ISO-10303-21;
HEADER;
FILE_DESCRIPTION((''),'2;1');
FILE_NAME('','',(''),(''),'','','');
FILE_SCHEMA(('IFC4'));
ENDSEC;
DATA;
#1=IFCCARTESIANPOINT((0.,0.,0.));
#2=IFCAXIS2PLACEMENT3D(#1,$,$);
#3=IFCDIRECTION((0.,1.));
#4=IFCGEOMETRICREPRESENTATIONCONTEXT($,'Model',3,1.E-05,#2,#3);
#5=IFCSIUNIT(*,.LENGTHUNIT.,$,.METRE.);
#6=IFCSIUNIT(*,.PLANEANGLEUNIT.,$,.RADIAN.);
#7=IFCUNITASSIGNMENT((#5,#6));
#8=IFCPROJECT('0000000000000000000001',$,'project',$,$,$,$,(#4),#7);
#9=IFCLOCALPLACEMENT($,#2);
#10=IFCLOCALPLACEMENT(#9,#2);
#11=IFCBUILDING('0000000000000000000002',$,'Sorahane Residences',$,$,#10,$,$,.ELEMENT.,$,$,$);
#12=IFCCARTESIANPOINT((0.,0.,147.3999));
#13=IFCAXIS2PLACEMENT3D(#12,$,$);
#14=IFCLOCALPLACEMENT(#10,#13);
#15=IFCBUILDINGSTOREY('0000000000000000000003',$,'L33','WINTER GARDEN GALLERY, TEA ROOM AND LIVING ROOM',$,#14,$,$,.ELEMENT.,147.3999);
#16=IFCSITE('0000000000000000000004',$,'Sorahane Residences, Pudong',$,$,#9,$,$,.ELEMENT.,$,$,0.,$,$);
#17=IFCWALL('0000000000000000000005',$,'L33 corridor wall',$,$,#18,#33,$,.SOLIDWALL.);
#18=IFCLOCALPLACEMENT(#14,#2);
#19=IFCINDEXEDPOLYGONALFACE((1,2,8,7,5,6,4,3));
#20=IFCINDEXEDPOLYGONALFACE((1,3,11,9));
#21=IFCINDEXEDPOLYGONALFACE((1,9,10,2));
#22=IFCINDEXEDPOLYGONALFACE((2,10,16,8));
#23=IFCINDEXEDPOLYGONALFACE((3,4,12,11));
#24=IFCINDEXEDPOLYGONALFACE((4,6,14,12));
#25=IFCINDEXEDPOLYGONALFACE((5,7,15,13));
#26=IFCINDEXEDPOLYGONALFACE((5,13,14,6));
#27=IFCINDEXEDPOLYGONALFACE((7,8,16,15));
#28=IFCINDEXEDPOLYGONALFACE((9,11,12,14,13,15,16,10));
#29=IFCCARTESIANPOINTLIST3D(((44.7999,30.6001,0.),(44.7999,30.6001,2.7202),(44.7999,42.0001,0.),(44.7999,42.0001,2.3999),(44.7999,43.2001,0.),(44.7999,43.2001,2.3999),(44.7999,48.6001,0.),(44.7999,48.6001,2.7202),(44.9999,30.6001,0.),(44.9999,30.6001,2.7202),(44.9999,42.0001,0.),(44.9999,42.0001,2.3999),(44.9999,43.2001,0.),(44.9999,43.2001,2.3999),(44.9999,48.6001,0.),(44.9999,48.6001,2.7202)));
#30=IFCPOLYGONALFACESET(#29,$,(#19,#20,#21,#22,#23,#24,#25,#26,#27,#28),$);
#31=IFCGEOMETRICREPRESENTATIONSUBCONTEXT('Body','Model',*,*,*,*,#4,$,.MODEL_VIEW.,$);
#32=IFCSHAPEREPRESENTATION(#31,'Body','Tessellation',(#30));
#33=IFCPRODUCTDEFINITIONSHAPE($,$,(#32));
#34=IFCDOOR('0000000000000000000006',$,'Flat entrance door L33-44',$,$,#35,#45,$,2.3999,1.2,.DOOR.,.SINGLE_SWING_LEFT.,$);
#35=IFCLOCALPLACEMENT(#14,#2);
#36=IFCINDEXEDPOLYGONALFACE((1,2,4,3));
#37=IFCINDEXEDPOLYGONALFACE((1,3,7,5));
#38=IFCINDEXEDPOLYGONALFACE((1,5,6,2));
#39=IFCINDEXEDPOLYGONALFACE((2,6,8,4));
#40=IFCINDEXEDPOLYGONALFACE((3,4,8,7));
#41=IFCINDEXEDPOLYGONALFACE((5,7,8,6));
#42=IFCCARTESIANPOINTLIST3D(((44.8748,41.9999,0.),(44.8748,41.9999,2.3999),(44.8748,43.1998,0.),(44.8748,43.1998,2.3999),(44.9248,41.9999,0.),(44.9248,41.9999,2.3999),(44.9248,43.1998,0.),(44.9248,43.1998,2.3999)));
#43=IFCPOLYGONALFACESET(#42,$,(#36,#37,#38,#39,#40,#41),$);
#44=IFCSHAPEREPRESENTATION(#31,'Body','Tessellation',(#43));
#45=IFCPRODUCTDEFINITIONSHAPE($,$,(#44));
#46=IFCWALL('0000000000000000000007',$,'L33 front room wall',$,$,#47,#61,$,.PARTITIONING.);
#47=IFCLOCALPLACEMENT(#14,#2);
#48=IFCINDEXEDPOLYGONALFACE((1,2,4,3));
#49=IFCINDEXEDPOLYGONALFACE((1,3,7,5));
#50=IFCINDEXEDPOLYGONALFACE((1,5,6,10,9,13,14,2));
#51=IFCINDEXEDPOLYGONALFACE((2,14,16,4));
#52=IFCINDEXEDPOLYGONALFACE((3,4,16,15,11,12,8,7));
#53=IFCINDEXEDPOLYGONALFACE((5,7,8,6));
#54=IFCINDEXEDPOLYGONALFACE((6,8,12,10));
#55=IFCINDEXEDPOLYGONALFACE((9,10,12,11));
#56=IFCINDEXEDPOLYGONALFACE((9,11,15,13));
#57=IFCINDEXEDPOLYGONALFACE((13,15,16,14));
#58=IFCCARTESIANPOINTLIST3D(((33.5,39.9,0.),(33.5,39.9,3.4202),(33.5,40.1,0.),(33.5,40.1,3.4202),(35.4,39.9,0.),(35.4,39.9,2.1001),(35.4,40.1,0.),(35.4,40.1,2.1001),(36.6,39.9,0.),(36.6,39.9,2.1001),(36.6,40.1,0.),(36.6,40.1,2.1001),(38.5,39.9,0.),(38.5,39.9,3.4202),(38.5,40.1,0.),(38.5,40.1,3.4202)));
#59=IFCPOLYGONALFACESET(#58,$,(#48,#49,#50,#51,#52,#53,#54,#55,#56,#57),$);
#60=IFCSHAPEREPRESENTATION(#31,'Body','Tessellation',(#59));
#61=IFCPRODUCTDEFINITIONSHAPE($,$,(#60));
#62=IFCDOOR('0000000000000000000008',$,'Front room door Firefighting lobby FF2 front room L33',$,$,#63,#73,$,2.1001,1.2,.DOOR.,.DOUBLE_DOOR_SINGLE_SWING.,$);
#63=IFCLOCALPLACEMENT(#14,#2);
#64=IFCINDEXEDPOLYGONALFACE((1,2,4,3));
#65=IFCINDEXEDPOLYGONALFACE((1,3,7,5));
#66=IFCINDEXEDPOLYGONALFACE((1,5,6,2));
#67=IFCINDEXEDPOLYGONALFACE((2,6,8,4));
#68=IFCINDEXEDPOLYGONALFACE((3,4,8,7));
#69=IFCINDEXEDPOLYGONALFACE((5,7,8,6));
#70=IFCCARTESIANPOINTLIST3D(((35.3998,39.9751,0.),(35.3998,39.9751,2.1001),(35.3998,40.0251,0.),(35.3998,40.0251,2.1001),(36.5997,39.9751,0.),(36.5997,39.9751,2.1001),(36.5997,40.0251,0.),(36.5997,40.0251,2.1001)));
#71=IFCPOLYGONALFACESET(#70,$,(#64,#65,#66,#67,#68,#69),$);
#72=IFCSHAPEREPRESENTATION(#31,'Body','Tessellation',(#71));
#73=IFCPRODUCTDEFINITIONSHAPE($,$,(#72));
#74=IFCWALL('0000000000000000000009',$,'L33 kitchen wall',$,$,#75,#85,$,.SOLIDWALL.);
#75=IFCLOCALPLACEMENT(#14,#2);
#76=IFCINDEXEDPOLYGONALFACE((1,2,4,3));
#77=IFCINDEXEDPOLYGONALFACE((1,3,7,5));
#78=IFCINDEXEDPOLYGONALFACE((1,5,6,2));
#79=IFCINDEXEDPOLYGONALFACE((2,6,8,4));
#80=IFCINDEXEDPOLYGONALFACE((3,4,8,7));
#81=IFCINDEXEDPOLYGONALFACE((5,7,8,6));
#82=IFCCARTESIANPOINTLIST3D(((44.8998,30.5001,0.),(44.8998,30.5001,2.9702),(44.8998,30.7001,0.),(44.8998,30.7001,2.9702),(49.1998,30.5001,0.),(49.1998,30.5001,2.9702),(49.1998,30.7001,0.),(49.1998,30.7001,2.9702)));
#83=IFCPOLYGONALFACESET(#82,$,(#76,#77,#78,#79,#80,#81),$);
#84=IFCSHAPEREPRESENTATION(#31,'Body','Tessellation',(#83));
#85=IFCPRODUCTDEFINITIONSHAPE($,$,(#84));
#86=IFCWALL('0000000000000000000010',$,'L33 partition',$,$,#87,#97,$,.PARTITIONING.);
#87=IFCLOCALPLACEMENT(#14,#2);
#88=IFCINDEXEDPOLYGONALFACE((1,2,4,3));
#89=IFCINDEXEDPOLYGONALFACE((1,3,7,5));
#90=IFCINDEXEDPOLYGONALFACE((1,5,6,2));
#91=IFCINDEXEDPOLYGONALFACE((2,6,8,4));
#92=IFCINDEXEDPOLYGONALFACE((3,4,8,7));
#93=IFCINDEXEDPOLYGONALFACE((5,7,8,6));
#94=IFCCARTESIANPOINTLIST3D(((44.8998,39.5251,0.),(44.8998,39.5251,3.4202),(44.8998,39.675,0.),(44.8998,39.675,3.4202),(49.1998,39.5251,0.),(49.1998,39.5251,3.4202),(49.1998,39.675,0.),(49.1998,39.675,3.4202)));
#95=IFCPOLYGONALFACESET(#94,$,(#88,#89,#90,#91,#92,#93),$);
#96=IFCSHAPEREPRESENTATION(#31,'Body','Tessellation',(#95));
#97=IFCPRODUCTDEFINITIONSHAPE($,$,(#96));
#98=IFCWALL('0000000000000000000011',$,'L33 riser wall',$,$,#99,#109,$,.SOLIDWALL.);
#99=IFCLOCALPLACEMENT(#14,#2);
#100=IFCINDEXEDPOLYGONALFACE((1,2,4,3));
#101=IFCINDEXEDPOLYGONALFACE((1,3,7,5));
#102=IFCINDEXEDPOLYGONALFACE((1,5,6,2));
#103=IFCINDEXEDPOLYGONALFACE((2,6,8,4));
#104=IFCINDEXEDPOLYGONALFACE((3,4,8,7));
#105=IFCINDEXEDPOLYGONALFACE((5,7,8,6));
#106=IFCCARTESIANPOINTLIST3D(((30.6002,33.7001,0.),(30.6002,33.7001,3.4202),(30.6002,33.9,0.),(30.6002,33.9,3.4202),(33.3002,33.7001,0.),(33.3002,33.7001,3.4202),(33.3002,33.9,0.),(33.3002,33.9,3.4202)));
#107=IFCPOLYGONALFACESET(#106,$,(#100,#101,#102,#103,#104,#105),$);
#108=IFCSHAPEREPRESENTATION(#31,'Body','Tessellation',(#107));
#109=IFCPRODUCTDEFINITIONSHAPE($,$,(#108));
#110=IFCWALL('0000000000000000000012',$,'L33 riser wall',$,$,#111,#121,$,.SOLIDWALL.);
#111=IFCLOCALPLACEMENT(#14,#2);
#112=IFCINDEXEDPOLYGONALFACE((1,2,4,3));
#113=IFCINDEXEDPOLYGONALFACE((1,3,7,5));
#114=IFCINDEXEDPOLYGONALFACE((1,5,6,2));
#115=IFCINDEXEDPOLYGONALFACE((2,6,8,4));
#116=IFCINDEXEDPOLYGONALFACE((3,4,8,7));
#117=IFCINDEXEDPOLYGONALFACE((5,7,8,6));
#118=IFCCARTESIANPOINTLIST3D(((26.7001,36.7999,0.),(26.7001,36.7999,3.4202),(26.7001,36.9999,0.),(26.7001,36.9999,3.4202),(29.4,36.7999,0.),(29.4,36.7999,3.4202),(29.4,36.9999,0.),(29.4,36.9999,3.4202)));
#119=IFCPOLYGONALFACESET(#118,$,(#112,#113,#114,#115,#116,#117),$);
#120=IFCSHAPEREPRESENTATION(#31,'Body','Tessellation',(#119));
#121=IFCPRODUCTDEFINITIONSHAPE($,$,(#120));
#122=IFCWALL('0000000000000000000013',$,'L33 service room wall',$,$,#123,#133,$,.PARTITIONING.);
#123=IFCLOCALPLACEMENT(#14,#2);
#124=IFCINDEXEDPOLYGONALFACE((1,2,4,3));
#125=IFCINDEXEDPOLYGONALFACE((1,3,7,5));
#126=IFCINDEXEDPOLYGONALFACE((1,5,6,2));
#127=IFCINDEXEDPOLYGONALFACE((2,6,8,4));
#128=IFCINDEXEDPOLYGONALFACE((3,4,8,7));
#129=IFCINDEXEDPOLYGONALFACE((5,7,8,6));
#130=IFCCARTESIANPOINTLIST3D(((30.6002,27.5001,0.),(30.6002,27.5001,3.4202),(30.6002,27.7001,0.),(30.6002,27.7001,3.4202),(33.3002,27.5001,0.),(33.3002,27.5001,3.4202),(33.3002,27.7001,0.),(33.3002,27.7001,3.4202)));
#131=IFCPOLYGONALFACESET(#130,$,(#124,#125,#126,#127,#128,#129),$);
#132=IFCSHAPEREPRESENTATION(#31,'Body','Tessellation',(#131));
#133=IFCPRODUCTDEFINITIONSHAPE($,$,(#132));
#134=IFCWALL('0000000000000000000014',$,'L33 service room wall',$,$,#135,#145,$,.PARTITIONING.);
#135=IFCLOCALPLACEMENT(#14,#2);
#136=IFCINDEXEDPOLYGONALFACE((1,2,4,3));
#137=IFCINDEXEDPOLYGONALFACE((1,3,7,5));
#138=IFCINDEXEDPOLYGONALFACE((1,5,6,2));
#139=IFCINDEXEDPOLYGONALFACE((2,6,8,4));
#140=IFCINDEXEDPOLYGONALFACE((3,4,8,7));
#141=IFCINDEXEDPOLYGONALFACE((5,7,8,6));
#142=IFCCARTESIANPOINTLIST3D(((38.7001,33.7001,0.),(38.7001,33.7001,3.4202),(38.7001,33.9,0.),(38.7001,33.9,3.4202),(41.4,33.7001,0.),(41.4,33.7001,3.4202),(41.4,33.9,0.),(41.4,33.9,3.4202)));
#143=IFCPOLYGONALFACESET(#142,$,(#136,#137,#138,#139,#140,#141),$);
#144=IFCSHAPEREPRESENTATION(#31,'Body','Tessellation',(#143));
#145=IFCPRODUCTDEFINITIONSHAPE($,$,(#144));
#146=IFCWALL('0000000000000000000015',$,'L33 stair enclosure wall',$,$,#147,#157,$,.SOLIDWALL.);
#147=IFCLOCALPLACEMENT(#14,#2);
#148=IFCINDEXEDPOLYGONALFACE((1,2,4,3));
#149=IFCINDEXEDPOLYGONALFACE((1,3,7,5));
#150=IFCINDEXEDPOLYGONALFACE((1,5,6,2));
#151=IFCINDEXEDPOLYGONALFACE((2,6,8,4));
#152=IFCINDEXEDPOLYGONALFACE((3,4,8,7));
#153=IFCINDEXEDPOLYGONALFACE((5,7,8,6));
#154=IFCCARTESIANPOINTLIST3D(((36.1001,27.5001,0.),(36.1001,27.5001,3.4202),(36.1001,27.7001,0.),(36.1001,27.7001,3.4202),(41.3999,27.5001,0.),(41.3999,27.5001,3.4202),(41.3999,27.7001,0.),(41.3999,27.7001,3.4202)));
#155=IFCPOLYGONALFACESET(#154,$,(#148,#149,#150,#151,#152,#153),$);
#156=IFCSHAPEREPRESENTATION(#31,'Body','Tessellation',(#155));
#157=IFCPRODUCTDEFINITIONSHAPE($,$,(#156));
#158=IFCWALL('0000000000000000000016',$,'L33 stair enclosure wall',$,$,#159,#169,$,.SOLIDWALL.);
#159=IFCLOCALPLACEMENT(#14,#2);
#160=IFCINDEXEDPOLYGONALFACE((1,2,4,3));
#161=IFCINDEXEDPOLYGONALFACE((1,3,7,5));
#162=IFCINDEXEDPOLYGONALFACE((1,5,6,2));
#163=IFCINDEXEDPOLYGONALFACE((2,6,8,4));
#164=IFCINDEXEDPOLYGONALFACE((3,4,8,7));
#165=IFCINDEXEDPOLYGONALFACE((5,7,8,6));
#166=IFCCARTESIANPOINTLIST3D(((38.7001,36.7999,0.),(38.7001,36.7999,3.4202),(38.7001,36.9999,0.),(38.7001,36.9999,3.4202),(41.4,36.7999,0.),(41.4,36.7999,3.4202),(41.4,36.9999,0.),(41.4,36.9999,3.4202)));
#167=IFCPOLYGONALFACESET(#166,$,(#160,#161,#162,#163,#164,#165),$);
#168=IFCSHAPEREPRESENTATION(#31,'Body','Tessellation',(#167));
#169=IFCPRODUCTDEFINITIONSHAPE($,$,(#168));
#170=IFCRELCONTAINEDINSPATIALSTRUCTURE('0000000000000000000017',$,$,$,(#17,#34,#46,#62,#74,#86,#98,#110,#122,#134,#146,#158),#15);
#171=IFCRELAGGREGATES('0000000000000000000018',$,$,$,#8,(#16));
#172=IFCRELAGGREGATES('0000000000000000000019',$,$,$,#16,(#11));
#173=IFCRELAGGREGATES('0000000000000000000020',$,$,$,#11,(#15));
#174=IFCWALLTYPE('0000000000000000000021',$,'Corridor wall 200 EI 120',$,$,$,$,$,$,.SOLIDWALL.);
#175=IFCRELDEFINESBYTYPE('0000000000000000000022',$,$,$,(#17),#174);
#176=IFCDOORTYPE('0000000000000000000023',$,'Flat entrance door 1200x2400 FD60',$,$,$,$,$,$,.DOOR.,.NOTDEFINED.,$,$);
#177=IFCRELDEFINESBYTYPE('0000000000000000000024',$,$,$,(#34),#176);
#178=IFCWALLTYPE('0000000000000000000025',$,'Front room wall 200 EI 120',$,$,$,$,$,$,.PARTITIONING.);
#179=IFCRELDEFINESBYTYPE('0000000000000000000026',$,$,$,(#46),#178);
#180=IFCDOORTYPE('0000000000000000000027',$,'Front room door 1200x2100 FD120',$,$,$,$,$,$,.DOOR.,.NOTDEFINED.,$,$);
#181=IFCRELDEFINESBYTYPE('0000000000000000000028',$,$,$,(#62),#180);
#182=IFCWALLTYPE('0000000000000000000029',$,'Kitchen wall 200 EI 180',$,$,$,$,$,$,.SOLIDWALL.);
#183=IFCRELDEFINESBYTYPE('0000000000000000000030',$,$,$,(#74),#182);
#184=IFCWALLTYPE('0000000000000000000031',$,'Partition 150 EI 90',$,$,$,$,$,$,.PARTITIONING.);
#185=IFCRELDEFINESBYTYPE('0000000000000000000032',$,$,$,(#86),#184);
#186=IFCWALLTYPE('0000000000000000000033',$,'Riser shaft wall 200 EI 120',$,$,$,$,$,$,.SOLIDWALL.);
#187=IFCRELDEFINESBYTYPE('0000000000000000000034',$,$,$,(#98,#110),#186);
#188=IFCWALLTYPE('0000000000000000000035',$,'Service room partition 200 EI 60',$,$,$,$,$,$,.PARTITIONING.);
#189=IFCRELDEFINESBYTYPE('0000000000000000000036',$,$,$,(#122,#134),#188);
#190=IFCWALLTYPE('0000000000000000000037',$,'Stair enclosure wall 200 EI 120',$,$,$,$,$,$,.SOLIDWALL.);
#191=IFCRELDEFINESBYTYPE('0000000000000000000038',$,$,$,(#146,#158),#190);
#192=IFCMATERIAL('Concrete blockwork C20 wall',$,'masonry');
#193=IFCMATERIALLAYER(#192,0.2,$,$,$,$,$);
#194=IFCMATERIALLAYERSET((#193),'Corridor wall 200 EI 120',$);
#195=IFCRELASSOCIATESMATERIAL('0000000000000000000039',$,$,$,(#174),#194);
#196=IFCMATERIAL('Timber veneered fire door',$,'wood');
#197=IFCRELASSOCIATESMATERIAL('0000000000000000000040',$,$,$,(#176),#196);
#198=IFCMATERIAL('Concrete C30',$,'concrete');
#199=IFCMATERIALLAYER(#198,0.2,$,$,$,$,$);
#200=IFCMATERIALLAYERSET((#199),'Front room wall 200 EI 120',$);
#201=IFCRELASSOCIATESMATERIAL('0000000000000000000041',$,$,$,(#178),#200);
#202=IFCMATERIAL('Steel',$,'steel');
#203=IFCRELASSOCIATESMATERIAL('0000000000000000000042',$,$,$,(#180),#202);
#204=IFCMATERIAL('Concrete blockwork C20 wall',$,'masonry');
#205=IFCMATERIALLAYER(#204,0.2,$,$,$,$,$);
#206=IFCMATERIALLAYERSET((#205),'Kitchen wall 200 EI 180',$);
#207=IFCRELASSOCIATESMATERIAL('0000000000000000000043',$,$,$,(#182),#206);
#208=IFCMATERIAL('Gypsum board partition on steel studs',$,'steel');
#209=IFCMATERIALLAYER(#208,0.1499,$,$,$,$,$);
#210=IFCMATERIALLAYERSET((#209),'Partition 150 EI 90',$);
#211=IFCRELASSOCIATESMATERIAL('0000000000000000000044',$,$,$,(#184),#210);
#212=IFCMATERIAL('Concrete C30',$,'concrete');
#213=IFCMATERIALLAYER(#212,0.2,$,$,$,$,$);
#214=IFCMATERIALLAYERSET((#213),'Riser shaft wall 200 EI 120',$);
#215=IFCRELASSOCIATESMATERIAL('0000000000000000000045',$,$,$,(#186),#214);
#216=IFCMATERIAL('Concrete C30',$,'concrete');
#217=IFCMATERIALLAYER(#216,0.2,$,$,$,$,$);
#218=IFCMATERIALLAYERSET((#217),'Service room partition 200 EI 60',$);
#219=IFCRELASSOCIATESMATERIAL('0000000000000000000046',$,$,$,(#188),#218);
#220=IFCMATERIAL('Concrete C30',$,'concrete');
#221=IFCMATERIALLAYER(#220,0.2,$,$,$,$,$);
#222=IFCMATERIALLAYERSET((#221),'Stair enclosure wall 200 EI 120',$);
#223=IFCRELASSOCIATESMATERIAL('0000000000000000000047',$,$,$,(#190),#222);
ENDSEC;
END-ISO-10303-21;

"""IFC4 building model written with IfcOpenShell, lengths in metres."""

from ifc_helpers import new_model, si_unit, direction, frame, frame_2d, origin, place, context, subcontext, project, spatial, rectangle, extrude, material, layer, layer_set, type_object, element, fill, save


model = new_model("IFC4")

# Units and contexts
model_context = context("Model", 3, precision=1e-05, world=origin(), true_north=direction((0.0, 1.0)))
body_context = subcontext(model_context, "Body", "Model", "MODEL_VIEW")
ifc_project = project(units=[si_unit("LENGTHUNIT", "METRE"), si_unit("PLANEANGLEUNIT", "RADIAN")], contexts=[model_context])

# Site, building, storey
site_placement = place(None, origin())
site = spatial("IfcSite", under=ifc_project, at=site_placement, Name="Sorahane Residences, Pudong", CompositionType="ELEMENT", RefElevation=0.0)
building_placement = place(site_placement, origin())
building = spatial("IfcBuilding", under=site, at=building_placement, Name="Sorahane Residences", CompositionType="ELEMENT")
storey_placement = place(building_placement, frame((0.0, 0.0, 147.3999)))
storey = spatial("IfcBuildingStorey", under=building, at=storey_placement, Name="L33", Description="WINTER GARDEN GALLERY, TEA ROOM AND LIVING ROOM", CompositionType="ELEMENT", Elevation=147.3999)

# Walls, openings, doors
ifc_material_1 = material(Name="Concrete blockwork C20 wall", Category="masonry")
ifc_layer_1 = layer(ifc_material_1, 0.2)
ifc_layer_set_1 = layer_set([ifc_layer_1], Name="Corridor wall 200 EI 120")
wall_type_1 = type_object("IfcWallType", Name="Corridor wall 200 EI 120", PredefinedType="SOLIDWALL", material=ifc_layer_set_1)
wall_1_placement = place(storey_placement, frame((44.8999, 30.6001, 0.0), z_axis=(0.0, 0.0, 1.0), x_axis=(0.0, 1.0, 0.0)))
wall_1 = element("IfcWall", 1, at=wall_1_placement, inside=storey, type_object=wall_type_1, Name="L33 corridor wall", PredefinedType="SOLIDWALL", context=body_context, shape_type="SweptSolid", body=[
    extrude(rectangle(XDim=18.0, YDim=0.2, at=frame_2d((9.0, 0.0))), origin(), (0.0, 0.0, 1.0), 2.7202),
])
opening_1_placement = place(wall_1_placement, frame((11.3999, 0.0, 0.0)))
opening_1 = element("IfcOpeningElement", 2, at=opening_1_placement, cuts=wall_1, PredefinedType="OPENING", context=body_context, shape_type="SweptSolid", body=[
    extrude(rectangle(XDim=1.2, YDim=2.3999, at=frame_2d((0.6001, 1.2))), frame((0.0, 0.1099, 0.0), z_axis=(0.0, -1.0, 0.0), x_axis=(1.0, 0.0, 0.0)), (0.0, 0.0, 1.0), 0.22),
])
ifc_material_2 = material(Name="Timber veneered fire door", Category="wood")
door_type_1 = type_object("IfcDoorType", Name="Flat entrance door 1200x2400 FD60", OperationType="NOTDEFINED", PredefinedType="DOOR", material=ifc_material_2)
door_1_placement = place(opening_1_placement, frame((1.2, 0.0, 0.0), z_axis=(0.0, 0.0, 1.0), x_axis=(-1.0, 0.0, 0.0)))
door_1 = element("IfcDoor", 3, at=door_1_placement, inside=storey, type_object=door_type_1, Name="Flat entrance door L33-44", OperationType="SINGLE_SWING_LEFT", OverallHeight=2.3999, OverallWidth=1.2, PredefinedType="DOOR", context=body_context, shape_type="SweptSolid", body=[
    extrude(rectangle(XDim=1.2, YDim=2.3999, at=frame_2d((0.6001, 1.2))), frame((0.0, 0.0249, 0.0), z_axis=(0.0, -1.0, 0.0), x_axis=(1.0, 0.0, 0.0)), (0.0, 0.0, 1.0), 0.05),
])
fill(opening_1, door_1)
ifc_material_3 = material(Name="Concrete C30", Category="concrete")
ifc_layer_2 = layer(ifc_material_3, 0.2)
ifc_layer_set_2 = layer_set([ifc_layer_2], Name="Front room wall 200 EI 120")
wall_type_2 = type_object("IfcWallType", Name="Front room wall 200 EI 120", PredefinedType="PARTITIONING", material=ifc_layer_set_2)
wall_2_placement = place(storey_placement, frame((33.5, 40.0, 0.0), z_axis=(0.0, 0.0, 1.0), x_axis=(1.0, 0.0, 0.0)))
wall_2 = element("IfcWall", 4, at=wall_2_placement, inside=storey, type_object=wall_type_2, Name="L33 front room wall", PredefinedType="PARTITIONING", context=body_context, shape_type="SweptSolid", body=[
    extrude(rectangle(XDim=5.0, YDim=0.2, at=frame_2d((2.5, 0.0))), origin(), (0.0, 0.0, 1.0), 3.4202),
])
opening_2_placement = place(wall_2_placement, frame((1.8999, 0.0, 0.0)))
opening_2 = element("IfcOpeningElement", 5, at=opening_2_placement, cuts=wall_2, PredefinedType="OPENING", context=body_context, shape_type="SweptSolid", body=[
    extrude(rectangle(XDim=1.2, YDim=2.1001, at=frame_2d((0.6001, 1.05))), frame((0.0, 0.1099, 0.0), z_axis=(0.0, -1.0, 0.0), x_axis=(1.0, 0.0, 0.0)), (0.0, 0.0, 1.0), 0.22),
])
ifc_material_4 = material(Name="Steel", Category="steel")
door_type_2 = type_object("IfcDoorType", Name="Front room door 1200x2100 FD120", OperationType="NOTDEFINED", PredefinedType="DOOR", material=ifc_material_4)
door_2_placement = place(opening_2_placement, frame((1.2, 0.0, 0.0), z_axis=(0.0, 0.0, 1.0), x_axis=(-1.0, 0.0, 0.0)))
door_2 = element("IfcDoor", 6, at=door_2_placement, inside=storey, type_object=door_type_2, Name="Front room door Firefighting lobby FF2 front room L33", OperationType="DOUBLE_DOOR_SINGLE_SWING", OverallHeight=2.1001, OverallWidth=1.2, PredefinedType="DOOR", context=body_context, shape_type="SweptSolid", body=[
    extrude(rectangle(XDim=1.2, YDim=2.1001, at=frame_2d((0.6001, 1.05))), frame((0.0, 0.0249, 0.0), z_axis=(0.0, -1.0, 0.0), x_axis=(1.0, 0.0, 0.0)), (0.0, 0.0, 1.0), 0.05),
])
fill(opening_2, door_2)

# Walls
ifc_material_5 = material(Name="Concrete blockwork C20 wall", Category="masonry")
ifc_layer_3 = layer(ifc_material_5, 0.2)
ifc_layer_set_3 = layer_set([ifc_layer_3], Name="Kitchen wall 200 EI 180")
wall_type_3 = type_object("IfcWallType", Name="Kitchen wall 200 EI 180", PredefinedType="SOLIDWALL", material=ifc_layer_set_3)
wall_3_placement = place(storey_placement, frame((44.8999, 30.6001, 0.0), z_axis=(0.0, 0.0, 1.0), x_axis=(1.0, 0.0, 0.0)))
element("IfcWall", 7, at=wall_3_placement, inside=storey, type_object=wall_type_3, Name="L33 kitchen wall", PredefinedType="SOLIDWALL", context=body_context, shape_type="SweptSolid", body=[
    extrude(rectangle(XDim=4.3, YDim=0.2, at=frame_2d((2.1499, 0.0))), origin(), (0.0, 0.0, 1.0), 2.9702),
])
ifc_material_6 = material(Name="Gypsum board partition on steel studs", Category="steel")
ifc_layer_4 = layer(ifc_material_6, 0.1499)
ifc_layer_set_4 = layer_set([ifc_layer_4], Name="Partition 150 EI 90")
wall_type_4 = type_object("IfcWallType", Name="Partition 150 EI 90", PredefinedType="PARTITIONING", material=ifc_layer_set_4)
wall_4_placement = place(storey_placement, frame((44.8999, 39.6001, 0.0), z_axis=(0.0, 0.0, 1.0), x_axis=(1.0, 0.0, 0.0)))
element("IfcWall", 8, at=wall_4_placement, inside=storey, type_object=wall_type_4, Name="L33 partition", PredefinedType="PARTITIONING", context=body_context, shape_type="SweptSolid", body=[
    extrude(rectangle(XDim=4.3, YDim=0.1499, at=frame_2d((2.1499, 0.0))), origin(), (0.0, 0.0, 1.0), 3.4202),
])
ifc_material_7 = material(Name="Concrete C30", Category="concrete")
ifc_layer_5 = layer(ifc_material_7, 0.2)
ifc_layer_set_5 = layer_set([ifc_layer_5], Name="Riser shaft wall 200 EI 120")
wall_type_5 = type_object("IfcWallType", Name="Riser shaft wall 200 EI 120", PredefinedType="SOLIDWALL", material=ifc_layer_set_5)
for number, where, z_axis, x_axis, name in (
    (9, (30.6001, 33.8, 0.0), (0.0, 0.0, 1.0), (1.0, 0.0, 0.0), "L33 riser wall"),
    (10, (26.7, 36.8999, 0.0), (0.0, 0.0, 1.0), (1.0, 0.0, 0.0), "L33 riser wall"),
):
    element("IfcWall", number, at=place(storey_placement, frame(where, z_axis=z_axis, x_axis=x_axis)), inside=storey, type_object=wall_type_5, Name=name, PredefinedType="SOLIDWALL", context=body_context, shape_type="SweptSolid", body=[
        extrude(rectangle(XDim=2.7, YDim=0.2, at=frame_2d((1.3501, 0.0))), origin(), (0.0, 0.0, 1.0), 3.4202),
    ])
ifc_material_8 = material(Name="Concrete C30", Category="concrete")
ifc_layer_6 = layer(ifc_material_8, 0.2)
ifc_layer_set_6 = layer_set([ifc_layer_6], Name="Service room partition 200 EI 60")
wall_type_6 = type_object("IfcWallType", Name="Service room partition 200 EI 60", PredefinedType="PARTITIONING", material=ifc_layer_set_6)
for number, where, z_axis, x_axis, name in (
    (11, (30.6001, 27.6001, 0.0), (0.0, 0.0, 1.0), (1.0, 0.0, 0.0), "L33 service room wall"),
    (12, (38.7, 33.8, 0.0), (0.0, 0.0, 1.0), (1.0, 0.0, 0.0), "L33 service room wall"),
):
    element("IfcWall", number, at=place(storey_placement, frame(where, z_axis=z_axis, x_axis=x_axis)), inside=storey, type_object=wall_type_6, Name=name, PredefinedType="PARTITIONING", context=body_context, shape_type="SweptSolid", body=[
        extrude(rectangle(XDim=2.7, YDim=0.2, at=frame_2d((1.3501, 0.0))), origin(), (0.0, 0.0, 1.0), 3.4202),
    ])
ifc_material_9 = material(Name="Concrete C30", Category="concrete")
ifc_layer_7 = layer(ifc_material_9, 0.2)
ifc_layer_set_7 = layer_set([ifc_layer_7], Name="Stair enclosure wall 200 EI 120")
wall_type_7 = type_object("IfcWallType", Name="Stair enclosure wall 200 EI 120", PredefinedType="SOLIDWALL", material=ifc_layer_set_7)
wall_5_placement = place(storey_placement, frame((36.1001, 27.6001, 0.0), z_axis=(0.0, 0.0, 1.0), x_axis=(1.0, 0.0, 0.0)))
element("IfcWall", 13, at=wall_5_placement, inside=storey, type_object=wall_type_7, Name="L33 stair enclosure wall", PredefinedType="SOLIDWALL", context=body_context, shape_type="SweptSolid", body=[
    extrude(rectangle(XDim=5.2998, YDim=0.2, at=frame_2d((2.6499, 0.0))), origin(), (0.0, 0.0, 1.0), 3.4202),
])
wall_6_placement = place(storey_placement, frame((38.7, 36.8999, 0.0), z_axis=(0.0, 0.0, 1.0), x_axis=(1.0, 0.0, 0.0)))
element("IfcWall", 14, at=wall_6_placement, inside=storey, type_object=wall_type_7, Name="L33 stair enclosure wall", PredefinedType="SOLIDWALL", context=body_context, shape_type="SweptSolid", body=[
    extrude(rectangle(XDim=2.7, YDim=0.2, at=frame_2d((1.3501, 0.0))), origin(), (0.0, 0.0, 1.0), 3.4202),
])

save(model, "model.ifc")
